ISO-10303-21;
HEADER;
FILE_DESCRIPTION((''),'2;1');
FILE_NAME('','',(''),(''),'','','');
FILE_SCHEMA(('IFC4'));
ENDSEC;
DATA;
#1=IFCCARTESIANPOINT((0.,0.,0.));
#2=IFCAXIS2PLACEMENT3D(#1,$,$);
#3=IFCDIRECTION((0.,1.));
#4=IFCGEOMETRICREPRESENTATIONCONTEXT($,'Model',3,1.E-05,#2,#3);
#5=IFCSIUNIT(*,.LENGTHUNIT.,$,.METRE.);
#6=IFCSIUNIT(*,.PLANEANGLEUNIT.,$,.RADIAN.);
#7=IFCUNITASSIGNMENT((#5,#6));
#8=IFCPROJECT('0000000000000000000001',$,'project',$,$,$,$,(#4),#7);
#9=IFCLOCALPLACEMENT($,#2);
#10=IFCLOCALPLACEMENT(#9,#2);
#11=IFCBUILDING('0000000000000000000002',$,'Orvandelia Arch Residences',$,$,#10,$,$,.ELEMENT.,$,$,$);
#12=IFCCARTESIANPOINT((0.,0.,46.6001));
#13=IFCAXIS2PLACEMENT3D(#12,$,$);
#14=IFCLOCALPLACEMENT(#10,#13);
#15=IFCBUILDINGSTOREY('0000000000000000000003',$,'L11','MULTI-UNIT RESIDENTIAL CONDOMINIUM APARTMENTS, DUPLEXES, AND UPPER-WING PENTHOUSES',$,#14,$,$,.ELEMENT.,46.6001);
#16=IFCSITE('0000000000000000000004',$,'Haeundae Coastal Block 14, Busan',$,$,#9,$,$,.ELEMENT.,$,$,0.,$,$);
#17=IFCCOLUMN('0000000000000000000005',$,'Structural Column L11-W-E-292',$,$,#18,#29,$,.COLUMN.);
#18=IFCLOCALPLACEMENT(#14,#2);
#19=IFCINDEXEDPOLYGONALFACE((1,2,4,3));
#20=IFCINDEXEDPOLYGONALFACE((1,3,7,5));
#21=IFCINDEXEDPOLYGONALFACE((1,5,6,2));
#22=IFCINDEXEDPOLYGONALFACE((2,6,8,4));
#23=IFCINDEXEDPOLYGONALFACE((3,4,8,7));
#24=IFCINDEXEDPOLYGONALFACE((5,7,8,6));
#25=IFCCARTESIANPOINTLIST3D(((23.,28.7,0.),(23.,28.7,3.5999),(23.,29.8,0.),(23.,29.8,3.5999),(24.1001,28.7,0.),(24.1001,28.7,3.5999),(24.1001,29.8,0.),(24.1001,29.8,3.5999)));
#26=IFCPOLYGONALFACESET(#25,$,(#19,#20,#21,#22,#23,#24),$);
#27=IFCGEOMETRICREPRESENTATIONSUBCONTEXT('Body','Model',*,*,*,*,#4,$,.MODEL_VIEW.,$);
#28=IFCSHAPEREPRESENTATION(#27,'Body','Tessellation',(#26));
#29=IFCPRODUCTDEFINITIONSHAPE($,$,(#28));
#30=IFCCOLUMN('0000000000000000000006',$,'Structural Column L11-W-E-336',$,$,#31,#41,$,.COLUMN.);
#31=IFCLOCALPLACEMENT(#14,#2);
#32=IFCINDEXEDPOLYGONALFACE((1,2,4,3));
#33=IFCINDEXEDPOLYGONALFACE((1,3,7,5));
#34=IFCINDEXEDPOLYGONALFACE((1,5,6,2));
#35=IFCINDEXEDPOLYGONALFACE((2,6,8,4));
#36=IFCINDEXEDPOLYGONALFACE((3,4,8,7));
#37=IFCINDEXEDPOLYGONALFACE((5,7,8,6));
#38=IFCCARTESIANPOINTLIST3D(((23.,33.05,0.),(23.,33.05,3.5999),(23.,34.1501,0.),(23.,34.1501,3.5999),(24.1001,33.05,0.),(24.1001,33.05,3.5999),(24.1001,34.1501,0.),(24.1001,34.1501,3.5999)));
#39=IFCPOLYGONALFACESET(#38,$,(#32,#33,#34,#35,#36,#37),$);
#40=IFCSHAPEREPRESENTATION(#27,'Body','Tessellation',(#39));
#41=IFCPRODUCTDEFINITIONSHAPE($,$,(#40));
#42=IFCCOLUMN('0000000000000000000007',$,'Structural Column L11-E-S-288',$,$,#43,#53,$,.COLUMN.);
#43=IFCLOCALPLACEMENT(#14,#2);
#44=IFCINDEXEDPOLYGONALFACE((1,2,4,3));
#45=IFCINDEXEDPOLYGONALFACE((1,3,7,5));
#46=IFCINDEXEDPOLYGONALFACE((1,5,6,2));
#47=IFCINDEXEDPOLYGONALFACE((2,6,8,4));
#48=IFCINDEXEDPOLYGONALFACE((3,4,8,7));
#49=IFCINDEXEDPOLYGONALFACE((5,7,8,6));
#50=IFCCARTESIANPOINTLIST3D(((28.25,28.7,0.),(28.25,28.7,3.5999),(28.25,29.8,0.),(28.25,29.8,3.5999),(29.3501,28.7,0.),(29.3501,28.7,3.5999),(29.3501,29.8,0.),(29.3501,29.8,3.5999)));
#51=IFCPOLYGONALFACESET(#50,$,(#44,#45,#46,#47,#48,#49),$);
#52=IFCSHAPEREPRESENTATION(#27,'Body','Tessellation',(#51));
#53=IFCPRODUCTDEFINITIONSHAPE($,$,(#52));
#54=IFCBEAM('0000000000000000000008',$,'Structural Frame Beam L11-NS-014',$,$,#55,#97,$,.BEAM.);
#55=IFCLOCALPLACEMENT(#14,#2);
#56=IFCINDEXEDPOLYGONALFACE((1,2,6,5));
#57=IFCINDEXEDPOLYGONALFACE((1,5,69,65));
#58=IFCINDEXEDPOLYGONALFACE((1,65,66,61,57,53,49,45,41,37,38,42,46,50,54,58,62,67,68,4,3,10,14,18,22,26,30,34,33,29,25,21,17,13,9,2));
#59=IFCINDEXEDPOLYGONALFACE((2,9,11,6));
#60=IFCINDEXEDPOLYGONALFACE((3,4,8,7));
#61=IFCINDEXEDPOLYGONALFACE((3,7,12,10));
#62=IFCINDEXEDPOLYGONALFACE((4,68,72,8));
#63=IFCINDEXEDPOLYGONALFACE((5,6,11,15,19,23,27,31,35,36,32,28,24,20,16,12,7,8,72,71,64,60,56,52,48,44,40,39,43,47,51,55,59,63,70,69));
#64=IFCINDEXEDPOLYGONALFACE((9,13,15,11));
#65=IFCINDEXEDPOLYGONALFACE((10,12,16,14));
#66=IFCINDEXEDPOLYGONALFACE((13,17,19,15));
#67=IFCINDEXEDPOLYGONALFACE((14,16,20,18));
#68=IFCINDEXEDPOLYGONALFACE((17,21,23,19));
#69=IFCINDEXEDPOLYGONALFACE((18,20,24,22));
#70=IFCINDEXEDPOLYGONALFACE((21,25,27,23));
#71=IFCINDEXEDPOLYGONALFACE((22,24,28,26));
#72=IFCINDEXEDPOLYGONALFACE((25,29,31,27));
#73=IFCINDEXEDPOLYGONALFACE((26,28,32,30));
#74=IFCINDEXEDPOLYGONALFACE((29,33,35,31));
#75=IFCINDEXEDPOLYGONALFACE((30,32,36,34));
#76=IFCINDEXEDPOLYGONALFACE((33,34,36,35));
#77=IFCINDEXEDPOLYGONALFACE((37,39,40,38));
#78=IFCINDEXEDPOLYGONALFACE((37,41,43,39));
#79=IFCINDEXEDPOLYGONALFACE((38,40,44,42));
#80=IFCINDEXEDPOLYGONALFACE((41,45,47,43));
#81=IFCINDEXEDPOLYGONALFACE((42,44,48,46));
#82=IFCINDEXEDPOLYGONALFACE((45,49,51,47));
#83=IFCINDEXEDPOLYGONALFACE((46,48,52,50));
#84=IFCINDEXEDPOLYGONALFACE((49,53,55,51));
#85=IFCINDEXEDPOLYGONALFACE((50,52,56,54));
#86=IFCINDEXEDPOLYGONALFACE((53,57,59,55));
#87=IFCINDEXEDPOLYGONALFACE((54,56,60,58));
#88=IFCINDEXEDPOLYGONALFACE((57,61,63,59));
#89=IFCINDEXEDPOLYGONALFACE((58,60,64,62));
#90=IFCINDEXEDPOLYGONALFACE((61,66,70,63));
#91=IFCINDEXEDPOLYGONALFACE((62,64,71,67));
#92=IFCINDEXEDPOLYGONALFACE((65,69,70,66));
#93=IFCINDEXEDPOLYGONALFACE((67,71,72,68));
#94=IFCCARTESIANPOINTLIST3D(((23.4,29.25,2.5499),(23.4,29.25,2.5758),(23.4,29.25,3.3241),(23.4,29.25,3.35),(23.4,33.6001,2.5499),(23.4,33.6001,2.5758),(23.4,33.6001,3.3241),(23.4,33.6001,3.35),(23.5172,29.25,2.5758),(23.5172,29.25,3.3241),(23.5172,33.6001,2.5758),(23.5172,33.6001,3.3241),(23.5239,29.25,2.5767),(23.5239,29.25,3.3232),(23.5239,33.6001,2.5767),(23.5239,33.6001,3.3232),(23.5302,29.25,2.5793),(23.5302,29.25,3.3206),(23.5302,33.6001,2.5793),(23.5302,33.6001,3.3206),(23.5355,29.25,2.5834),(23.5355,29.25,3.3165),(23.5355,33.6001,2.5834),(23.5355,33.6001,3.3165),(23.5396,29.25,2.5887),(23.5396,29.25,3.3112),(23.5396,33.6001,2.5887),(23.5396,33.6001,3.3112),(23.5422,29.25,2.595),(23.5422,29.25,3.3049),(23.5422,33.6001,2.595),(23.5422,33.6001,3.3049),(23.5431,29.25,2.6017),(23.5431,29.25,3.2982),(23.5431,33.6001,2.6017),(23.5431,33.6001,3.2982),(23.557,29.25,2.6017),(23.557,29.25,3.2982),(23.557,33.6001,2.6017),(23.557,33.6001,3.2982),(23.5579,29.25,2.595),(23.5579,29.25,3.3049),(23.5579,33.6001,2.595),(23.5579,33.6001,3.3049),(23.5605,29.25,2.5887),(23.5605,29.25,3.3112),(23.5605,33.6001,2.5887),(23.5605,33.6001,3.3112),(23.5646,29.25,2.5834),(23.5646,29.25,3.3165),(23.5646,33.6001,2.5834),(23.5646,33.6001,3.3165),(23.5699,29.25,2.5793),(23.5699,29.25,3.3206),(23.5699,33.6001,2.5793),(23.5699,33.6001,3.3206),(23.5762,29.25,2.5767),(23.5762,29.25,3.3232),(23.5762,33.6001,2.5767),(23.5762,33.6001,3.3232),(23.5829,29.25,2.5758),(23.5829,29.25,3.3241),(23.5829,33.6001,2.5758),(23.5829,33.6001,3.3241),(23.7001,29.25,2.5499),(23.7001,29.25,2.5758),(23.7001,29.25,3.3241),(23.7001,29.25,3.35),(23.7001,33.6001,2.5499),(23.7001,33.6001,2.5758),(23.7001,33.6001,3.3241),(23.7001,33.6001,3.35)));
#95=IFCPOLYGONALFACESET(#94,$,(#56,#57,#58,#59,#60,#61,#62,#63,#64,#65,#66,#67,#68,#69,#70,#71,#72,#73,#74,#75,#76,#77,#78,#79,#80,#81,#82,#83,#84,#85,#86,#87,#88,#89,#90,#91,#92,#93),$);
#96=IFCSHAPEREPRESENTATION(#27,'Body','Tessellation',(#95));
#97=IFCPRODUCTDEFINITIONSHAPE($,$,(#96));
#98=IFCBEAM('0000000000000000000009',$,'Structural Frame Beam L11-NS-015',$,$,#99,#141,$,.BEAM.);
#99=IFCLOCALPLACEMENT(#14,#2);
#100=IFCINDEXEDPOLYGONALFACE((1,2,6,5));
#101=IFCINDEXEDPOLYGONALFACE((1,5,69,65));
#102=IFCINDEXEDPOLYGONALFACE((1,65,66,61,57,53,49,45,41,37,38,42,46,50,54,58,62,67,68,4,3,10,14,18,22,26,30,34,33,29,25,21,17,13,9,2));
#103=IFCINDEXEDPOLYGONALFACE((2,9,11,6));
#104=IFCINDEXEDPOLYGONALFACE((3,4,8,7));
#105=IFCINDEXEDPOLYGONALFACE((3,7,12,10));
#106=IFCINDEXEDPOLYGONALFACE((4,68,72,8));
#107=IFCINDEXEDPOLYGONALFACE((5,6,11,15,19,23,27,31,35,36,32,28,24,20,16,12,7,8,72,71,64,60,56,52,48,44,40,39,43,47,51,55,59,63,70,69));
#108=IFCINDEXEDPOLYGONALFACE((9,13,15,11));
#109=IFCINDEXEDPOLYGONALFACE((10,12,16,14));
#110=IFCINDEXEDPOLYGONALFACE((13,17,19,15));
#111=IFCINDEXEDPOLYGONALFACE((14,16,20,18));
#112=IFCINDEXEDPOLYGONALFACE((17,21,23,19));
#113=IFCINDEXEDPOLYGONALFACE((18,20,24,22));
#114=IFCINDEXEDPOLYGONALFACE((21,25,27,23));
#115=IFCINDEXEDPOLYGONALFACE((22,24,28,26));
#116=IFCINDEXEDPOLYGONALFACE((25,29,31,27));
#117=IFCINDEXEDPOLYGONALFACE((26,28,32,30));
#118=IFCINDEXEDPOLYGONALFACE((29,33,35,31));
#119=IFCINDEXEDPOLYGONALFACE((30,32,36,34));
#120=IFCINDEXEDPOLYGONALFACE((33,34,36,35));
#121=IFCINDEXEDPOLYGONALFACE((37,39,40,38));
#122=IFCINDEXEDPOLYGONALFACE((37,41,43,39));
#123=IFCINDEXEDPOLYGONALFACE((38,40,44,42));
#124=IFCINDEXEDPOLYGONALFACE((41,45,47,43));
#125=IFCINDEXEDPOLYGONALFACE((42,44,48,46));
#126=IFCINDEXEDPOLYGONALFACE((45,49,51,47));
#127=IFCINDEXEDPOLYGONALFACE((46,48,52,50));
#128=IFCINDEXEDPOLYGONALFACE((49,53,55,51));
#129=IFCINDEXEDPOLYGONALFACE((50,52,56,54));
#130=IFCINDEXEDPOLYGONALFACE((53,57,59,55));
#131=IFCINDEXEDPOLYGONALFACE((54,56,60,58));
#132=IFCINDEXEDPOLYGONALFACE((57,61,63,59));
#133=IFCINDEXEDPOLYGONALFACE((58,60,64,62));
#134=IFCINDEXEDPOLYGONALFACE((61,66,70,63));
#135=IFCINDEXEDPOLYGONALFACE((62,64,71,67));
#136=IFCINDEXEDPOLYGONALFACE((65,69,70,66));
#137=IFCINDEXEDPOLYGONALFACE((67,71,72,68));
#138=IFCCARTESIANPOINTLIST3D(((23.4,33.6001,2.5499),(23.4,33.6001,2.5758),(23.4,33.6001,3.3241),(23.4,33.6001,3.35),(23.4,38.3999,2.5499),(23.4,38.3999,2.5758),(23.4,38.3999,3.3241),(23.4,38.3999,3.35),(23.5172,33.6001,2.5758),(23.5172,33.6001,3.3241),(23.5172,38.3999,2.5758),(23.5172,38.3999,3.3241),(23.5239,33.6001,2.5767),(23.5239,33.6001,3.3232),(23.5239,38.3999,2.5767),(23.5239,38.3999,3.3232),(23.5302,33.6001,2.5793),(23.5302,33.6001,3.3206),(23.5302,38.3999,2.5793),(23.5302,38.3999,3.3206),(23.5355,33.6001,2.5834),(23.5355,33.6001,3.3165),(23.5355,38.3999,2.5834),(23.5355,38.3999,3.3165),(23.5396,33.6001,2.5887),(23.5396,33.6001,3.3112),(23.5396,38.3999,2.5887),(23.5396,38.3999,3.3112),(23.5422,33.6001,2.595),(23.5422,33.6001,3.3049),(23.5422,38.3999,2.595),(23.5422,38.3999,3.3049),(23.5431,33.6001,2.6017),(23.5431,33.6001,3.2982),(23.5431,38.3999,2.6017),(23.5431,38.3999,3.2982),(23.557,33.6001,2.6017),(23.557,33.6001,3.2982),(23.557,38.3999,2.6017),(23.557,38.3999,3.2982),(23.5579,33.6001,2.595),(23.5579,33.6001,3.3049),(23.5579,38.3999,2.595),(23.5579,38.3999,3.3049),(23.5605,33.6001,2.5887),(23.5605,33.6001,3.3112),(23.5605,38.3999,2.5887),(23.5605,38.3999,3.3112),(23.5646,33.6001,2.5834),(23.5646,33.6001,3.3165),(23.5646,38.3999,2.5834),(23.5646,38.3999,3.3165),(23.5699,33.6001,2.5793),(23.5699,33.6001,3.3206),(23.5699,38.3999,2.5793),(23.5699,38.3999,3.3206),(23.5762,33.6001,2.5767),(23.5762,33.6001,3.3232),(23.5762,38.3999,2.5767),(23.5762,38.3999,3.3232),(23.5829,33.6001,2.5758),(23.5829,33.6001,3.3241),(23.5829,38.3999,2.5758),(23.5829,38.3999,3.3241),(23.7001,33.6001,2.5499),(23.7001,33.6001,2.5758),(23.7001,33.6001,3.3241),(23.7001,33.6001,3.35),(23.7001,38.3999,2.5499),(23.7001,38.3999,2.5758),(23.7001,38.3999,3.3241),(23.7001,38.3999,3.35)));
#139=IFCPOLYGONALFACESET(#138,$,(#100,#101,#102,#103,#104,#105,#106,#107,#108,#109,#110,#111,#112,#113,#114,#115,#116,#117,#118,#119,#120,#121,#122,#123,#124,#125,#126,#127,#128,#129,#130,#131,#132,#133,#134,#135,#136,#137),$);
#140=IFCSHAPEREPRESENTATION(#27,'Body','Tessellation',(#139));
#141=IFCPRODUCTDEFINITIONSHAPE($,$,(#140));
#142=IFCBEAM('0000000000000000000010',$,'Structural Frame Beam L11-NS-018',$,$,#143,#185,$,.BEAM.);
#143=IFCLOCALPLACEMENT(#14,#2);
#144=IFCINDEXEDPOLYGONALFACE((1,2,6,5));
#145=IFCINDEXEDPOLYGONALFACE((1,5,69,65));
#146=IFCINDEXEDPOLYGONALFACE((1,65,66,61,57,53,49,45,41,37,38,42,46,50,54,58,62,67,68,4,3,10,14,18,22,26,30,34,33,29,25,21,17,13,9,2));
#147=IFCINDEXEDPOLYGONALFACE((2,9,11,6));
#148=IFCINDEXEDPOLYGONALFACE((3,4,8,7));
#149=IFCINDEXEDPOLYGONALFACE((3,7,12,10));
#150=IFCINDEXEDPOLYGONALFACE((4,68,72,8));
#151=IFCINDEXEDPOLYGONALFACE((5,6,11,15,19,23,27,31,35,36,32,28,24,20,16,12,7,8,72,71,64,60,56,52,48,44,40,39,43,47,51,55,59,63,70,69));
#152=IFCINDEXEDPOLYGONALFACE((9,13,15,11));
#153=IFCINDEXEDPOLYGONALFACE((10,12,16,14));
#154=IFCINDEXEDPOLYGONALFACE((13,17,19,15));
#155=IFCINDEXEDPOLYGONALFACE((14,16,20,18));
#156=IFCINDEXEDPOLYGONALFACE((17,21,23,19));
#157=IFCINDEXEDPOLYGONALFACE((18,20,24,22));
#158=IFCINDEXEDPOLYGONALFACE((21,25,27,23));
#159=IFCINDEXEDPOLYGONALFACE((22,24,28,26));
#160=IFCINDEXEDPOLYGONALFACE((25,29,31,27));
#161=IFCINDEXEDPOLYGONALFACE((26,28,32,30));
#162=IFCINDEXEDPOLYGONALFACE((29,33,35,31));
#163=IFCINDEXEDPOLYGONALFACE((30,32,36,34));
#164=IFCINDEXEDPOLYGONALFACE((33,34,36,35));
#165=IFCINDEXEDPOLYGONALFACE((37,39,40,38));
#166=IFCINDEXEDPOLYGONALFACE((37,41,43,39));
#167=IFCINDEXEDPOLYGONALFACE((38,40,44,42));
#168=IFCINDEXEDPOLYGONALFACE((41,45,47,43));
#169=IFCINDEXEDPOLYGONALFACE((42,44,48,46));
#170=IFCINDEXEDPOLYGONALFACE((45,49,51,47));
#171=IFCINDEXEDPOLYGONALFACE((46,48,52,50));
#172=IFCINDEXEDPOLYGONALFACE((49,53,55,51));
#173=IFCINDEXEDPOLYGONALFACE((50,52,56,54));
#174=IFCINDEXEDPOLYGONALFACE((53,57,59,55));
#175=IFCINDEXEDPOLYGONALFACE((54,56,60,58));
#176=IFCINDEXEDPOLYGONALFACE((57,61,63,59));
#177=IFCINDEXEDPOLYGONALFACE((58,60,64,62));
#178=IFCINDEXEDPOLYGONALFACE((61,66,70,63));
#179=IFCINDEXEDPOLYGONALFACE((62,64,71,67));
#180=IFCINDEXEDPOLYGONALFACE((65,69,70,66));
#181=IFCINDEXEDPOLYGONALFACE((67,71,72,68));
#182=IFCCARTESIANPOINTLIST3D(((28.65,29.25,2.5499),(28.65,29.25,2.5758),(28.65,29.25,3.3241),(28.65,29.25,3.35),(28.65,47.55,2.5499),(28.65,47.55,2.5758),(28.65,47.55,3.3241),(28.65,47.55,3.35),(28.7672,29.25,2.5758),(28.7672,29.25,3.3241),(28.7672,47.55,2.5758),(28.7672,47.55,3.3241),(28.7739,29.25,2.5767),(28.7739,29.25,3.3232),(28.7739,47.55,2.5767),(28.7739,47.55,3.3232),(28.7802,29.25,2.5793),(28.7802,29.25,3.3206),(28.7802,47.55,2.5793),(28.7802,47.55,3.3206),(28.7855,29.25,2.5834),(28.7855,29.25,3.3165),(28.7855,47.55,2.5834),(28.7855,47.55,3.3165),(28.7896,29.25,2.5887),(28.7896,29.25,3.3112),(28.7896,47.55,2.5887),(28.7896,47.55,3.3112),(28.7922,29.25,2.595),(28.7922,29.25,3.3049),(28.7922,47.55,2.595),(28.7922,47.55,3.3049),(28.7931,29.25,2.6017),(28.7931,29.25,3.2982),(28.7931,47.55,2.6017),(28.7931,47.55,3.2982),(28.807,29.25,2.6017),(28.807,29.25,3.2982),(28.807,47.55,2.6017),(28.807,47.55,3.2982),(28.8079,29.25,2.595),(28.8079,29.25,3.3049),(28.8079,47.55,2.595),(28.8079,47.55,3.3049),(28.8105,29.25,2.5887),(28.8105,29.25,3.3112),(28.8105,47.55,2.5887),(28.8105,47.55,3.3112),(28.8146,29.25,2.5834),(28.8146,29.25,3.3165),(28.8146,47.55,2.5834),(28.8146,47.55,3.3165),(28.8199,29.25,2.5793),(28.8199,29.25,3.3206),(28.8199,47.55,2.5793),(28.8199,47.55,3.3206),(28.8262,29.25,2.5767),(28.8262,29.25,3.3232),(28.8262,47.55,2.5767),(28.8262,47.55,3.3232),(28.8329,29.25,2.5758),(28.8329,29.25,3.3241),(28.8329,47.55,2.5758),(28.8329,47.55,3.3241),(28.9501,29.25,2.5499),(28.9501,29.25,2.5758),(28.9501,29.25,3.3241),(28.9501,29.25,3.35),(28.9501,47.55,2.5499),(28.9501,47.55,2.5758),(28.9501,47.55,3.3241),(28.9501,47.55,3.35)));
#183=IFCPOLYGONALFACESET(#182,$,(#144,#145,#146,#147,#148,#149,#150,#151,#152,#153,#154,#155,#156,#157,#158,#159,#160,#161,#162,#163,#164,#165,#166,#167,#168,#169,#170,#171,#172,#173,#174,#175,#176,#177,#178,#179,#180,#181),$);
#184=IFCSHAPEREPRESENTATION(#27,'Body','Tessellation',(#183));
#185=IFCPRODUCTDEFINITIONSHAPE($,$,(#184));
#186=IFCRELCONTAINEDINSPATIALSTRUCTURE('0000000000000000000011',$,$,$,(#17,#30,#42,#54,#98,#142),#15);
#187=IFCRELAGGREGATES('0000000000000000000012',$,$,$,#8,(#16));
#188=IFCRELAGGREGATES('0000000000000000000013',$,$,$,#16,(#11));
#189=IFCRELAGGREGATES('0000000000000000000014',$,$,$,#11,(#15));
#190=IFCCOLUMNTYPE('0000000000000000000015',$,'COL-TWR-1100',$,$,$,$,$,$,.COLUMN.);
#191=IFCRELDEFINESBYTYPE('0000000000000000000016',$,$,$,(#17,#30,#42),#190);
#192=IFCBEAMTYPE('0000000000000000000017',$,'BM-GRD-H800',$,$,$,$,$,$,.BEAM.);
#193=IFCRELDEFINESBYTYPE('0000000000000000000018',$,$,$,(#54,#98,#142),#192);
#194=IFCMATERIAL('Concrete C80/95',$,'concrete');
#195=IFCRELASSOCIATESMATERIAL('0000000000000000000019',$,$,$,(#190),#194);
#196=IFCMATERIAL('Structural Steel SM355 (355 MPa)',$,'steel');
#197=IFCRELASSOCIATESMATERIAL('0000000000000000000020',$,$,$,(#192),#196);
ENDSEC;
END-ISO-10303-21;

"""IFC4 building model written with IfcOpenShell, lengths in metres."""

from ifc_helpers import new_model, si_unit, direction, frame, origin, origin_2d, place, context, subcontext, project, spatial, rectangle, i_section, extrude, material, material_profile, profile_set, type_object, element, save


model = new_model("IFC4")

# Units and contexts
model_context = context("Model", 3, precision=1e-05, world=origin(), true_north=direction((0.0, 1.0)))
body_context = subcontext(model_context, "Body", "Model", "MODEL_VIEW")
ifc_project = project(units=[si_unit("LENGTHUNIT", "METRE"), si_unit("PLANEANGLEUNIT", "RADIAN")], contexts=[model_context])

# Site, building, storey
site_placement = place(None, origin())
site = spatial("IfcSite", under=ifc_project, at=site_placement, Name="Haeundae Coastal Block 14, Busan", CompositionType="ELEMENT", RefElevation=0.0)
building_placement = place(site_placement, origin())
building = spatial("IfcBuilding", under=site, at=building_placement, Name="Orvandelia Arch Residences", CompositionType="ELEMENT")
storey_placement = place(building_placement, frame((0.0, 0.0, 46.6001)))
storey = spatial("IfcBuildingStorey", under=building, at=storey_placement, Name="L11", Description="MULTI-UNIT RESIDENTIAL CONDOMINIUM APARTMENTS, DUPLEXES, AND UPPER-WING PENTHOUSES", CompositionType="ELEMENT", Elevation=46.6001)

# Columns
ifc_material_1 = material(Name="Concrete C80/95", Category="concrete")
ifc_material_profile_1 = material_profile(ifc_material_1, rectangle(XDim=1.1001, YDim=1.1001, at=origin_2d()), Name="Concrete C80/95", Category="concrete")
ifc_profile_set_1 = profile_set([ifc_material_profile_1], Name="Concrete C80/95")
column_type = type_object("IfcColumnType", Name="COL-TWR-1100", PredefinedType="COLUMN", material=ifc_profile_set_1)
for number, where, z_axis, x_axis, name in (
    (1, (23.55, 29.25, 0.0), (0.0, 0.0, 1.0), (1.0, 0.0, 0.0), "Structural Column L11-W-E-292"),
    (2, (23.55, 33.6001, 0.0), (0.0, 0.0, 1.0), (1.0, 0.0, 0.0), "Structural Column L11-W-E-336"),
    (3, (28.8, 29.25, 0.0), (0.0, 0.0, 1.0), (1.0, 0.0, 0.0), "Structural Column L11-E-S-288"),
):
    element("IfcColumn", number, at=place(storey_placement, frame(where, z_axis=z_axis, x_axis=x_axis)), inside=storey, type_object=column_type, Name=name, PredefinedType="COLUMN", context=body_context, shape_type="SweptSolid", body=[
        extrude(rectangle(XDim=1.1001, YDim=1.1001, at=origin_2d()), origin(), (0.0, 0.0, 1.0), 3.5999),
    ])

# Beams
ifc_material_2 = material(Name="Structural Steel SM355 (355 MPa)", Category="steel")
ifc_material_profile_2 = material_profile(ifc_material_2, i_section(OverallWidth=0.3, OverallDepth=0.8, WebThickness=0.0139, FlangeThickness=0.0259, FilletRadius=0.0259, at=origin_2d()), Name="Structural Steel SM355 (355 MPa)", Category="steel")
ifc_profile_set_2 = profile_set([ifc_material_profile_2], Name="Structural Steel SM355 (355 MPa)")
beam_type = type_object("IfcBeamType", Name="BM-GRD-H800", PredefinedType="BEAM", material=ifc_profile_set_2)
beam_1_placement = place(storey_placement, frame((23.55, 29.25, 2.95), z_axis=(0.0, 1.0, 0.0), x_axis=(-1.0, 0.0, 0.0)))
element("IfcBeam", 4, at=beam_1_placement, inside=storey, type_object=beam_type, Name="Structural Frame Beam L11-NS-014", PredefinedType="BEAM", context=body_context, shape_type="SweptSolid", body=[
    extrude(i_section(OverallWidth=0.3, OverallDepth=0.8, WebThickness=0.0139, FlangeThickness=0.0259, FilletRadius=0.0259, at=origin_2d()), origin(), (0.0, 0.0, 1.0), 4.3501),
])
beam_2_placement = place(storey_placement, frame((23.55, 33.6001, 2.95), z_axis=(0.0, 1.0, 0.0), x_axis=(-1.0, 0.0, 0.0)))
element("IfcBeam", 5, at=beam_2_placement, inside=storey, type_object=beam_type, Name="Structural Frame Beam L11-NS-015", PredefinedType="BEAM", context=body_context, shape_type="SweptSolid", body=[
    extrude(i_section(OverallWidth=0.3, OverallDepth=0.8, WebThickness=0.0139, FlangeThickness=0.0259, FilletRadius=0.0259, at=origin_2d()), origin(), (0.0, 0.0, 1.0), 4.7998),
])
beam_3_placement = place(storey_placement, frame((28.8, 29.25, 2.95), z_axis=(0.0, 1.0, 0.0), x_axis=(-1.0, 0.0, 0.0)))
element("IfcBeam", 6, at=beam_3_placement, inside=storey, type_object=beam_type, Name="Structural Frame Beam L11-NS-018", PredefinedType="BEAM", context=body_context, shape_type="SweptSolid", body=[
    extrude(i_section(OverallWidth=0.3, OverallDepth=0.8, WebThickness=0.0139, FlangeThickness=0.0259, FilletRadius=0.0259, at=origin_2d()), origin(), (0.0, 0.0, 1.0), 18.3),
])

save(model, "model.ifc")
